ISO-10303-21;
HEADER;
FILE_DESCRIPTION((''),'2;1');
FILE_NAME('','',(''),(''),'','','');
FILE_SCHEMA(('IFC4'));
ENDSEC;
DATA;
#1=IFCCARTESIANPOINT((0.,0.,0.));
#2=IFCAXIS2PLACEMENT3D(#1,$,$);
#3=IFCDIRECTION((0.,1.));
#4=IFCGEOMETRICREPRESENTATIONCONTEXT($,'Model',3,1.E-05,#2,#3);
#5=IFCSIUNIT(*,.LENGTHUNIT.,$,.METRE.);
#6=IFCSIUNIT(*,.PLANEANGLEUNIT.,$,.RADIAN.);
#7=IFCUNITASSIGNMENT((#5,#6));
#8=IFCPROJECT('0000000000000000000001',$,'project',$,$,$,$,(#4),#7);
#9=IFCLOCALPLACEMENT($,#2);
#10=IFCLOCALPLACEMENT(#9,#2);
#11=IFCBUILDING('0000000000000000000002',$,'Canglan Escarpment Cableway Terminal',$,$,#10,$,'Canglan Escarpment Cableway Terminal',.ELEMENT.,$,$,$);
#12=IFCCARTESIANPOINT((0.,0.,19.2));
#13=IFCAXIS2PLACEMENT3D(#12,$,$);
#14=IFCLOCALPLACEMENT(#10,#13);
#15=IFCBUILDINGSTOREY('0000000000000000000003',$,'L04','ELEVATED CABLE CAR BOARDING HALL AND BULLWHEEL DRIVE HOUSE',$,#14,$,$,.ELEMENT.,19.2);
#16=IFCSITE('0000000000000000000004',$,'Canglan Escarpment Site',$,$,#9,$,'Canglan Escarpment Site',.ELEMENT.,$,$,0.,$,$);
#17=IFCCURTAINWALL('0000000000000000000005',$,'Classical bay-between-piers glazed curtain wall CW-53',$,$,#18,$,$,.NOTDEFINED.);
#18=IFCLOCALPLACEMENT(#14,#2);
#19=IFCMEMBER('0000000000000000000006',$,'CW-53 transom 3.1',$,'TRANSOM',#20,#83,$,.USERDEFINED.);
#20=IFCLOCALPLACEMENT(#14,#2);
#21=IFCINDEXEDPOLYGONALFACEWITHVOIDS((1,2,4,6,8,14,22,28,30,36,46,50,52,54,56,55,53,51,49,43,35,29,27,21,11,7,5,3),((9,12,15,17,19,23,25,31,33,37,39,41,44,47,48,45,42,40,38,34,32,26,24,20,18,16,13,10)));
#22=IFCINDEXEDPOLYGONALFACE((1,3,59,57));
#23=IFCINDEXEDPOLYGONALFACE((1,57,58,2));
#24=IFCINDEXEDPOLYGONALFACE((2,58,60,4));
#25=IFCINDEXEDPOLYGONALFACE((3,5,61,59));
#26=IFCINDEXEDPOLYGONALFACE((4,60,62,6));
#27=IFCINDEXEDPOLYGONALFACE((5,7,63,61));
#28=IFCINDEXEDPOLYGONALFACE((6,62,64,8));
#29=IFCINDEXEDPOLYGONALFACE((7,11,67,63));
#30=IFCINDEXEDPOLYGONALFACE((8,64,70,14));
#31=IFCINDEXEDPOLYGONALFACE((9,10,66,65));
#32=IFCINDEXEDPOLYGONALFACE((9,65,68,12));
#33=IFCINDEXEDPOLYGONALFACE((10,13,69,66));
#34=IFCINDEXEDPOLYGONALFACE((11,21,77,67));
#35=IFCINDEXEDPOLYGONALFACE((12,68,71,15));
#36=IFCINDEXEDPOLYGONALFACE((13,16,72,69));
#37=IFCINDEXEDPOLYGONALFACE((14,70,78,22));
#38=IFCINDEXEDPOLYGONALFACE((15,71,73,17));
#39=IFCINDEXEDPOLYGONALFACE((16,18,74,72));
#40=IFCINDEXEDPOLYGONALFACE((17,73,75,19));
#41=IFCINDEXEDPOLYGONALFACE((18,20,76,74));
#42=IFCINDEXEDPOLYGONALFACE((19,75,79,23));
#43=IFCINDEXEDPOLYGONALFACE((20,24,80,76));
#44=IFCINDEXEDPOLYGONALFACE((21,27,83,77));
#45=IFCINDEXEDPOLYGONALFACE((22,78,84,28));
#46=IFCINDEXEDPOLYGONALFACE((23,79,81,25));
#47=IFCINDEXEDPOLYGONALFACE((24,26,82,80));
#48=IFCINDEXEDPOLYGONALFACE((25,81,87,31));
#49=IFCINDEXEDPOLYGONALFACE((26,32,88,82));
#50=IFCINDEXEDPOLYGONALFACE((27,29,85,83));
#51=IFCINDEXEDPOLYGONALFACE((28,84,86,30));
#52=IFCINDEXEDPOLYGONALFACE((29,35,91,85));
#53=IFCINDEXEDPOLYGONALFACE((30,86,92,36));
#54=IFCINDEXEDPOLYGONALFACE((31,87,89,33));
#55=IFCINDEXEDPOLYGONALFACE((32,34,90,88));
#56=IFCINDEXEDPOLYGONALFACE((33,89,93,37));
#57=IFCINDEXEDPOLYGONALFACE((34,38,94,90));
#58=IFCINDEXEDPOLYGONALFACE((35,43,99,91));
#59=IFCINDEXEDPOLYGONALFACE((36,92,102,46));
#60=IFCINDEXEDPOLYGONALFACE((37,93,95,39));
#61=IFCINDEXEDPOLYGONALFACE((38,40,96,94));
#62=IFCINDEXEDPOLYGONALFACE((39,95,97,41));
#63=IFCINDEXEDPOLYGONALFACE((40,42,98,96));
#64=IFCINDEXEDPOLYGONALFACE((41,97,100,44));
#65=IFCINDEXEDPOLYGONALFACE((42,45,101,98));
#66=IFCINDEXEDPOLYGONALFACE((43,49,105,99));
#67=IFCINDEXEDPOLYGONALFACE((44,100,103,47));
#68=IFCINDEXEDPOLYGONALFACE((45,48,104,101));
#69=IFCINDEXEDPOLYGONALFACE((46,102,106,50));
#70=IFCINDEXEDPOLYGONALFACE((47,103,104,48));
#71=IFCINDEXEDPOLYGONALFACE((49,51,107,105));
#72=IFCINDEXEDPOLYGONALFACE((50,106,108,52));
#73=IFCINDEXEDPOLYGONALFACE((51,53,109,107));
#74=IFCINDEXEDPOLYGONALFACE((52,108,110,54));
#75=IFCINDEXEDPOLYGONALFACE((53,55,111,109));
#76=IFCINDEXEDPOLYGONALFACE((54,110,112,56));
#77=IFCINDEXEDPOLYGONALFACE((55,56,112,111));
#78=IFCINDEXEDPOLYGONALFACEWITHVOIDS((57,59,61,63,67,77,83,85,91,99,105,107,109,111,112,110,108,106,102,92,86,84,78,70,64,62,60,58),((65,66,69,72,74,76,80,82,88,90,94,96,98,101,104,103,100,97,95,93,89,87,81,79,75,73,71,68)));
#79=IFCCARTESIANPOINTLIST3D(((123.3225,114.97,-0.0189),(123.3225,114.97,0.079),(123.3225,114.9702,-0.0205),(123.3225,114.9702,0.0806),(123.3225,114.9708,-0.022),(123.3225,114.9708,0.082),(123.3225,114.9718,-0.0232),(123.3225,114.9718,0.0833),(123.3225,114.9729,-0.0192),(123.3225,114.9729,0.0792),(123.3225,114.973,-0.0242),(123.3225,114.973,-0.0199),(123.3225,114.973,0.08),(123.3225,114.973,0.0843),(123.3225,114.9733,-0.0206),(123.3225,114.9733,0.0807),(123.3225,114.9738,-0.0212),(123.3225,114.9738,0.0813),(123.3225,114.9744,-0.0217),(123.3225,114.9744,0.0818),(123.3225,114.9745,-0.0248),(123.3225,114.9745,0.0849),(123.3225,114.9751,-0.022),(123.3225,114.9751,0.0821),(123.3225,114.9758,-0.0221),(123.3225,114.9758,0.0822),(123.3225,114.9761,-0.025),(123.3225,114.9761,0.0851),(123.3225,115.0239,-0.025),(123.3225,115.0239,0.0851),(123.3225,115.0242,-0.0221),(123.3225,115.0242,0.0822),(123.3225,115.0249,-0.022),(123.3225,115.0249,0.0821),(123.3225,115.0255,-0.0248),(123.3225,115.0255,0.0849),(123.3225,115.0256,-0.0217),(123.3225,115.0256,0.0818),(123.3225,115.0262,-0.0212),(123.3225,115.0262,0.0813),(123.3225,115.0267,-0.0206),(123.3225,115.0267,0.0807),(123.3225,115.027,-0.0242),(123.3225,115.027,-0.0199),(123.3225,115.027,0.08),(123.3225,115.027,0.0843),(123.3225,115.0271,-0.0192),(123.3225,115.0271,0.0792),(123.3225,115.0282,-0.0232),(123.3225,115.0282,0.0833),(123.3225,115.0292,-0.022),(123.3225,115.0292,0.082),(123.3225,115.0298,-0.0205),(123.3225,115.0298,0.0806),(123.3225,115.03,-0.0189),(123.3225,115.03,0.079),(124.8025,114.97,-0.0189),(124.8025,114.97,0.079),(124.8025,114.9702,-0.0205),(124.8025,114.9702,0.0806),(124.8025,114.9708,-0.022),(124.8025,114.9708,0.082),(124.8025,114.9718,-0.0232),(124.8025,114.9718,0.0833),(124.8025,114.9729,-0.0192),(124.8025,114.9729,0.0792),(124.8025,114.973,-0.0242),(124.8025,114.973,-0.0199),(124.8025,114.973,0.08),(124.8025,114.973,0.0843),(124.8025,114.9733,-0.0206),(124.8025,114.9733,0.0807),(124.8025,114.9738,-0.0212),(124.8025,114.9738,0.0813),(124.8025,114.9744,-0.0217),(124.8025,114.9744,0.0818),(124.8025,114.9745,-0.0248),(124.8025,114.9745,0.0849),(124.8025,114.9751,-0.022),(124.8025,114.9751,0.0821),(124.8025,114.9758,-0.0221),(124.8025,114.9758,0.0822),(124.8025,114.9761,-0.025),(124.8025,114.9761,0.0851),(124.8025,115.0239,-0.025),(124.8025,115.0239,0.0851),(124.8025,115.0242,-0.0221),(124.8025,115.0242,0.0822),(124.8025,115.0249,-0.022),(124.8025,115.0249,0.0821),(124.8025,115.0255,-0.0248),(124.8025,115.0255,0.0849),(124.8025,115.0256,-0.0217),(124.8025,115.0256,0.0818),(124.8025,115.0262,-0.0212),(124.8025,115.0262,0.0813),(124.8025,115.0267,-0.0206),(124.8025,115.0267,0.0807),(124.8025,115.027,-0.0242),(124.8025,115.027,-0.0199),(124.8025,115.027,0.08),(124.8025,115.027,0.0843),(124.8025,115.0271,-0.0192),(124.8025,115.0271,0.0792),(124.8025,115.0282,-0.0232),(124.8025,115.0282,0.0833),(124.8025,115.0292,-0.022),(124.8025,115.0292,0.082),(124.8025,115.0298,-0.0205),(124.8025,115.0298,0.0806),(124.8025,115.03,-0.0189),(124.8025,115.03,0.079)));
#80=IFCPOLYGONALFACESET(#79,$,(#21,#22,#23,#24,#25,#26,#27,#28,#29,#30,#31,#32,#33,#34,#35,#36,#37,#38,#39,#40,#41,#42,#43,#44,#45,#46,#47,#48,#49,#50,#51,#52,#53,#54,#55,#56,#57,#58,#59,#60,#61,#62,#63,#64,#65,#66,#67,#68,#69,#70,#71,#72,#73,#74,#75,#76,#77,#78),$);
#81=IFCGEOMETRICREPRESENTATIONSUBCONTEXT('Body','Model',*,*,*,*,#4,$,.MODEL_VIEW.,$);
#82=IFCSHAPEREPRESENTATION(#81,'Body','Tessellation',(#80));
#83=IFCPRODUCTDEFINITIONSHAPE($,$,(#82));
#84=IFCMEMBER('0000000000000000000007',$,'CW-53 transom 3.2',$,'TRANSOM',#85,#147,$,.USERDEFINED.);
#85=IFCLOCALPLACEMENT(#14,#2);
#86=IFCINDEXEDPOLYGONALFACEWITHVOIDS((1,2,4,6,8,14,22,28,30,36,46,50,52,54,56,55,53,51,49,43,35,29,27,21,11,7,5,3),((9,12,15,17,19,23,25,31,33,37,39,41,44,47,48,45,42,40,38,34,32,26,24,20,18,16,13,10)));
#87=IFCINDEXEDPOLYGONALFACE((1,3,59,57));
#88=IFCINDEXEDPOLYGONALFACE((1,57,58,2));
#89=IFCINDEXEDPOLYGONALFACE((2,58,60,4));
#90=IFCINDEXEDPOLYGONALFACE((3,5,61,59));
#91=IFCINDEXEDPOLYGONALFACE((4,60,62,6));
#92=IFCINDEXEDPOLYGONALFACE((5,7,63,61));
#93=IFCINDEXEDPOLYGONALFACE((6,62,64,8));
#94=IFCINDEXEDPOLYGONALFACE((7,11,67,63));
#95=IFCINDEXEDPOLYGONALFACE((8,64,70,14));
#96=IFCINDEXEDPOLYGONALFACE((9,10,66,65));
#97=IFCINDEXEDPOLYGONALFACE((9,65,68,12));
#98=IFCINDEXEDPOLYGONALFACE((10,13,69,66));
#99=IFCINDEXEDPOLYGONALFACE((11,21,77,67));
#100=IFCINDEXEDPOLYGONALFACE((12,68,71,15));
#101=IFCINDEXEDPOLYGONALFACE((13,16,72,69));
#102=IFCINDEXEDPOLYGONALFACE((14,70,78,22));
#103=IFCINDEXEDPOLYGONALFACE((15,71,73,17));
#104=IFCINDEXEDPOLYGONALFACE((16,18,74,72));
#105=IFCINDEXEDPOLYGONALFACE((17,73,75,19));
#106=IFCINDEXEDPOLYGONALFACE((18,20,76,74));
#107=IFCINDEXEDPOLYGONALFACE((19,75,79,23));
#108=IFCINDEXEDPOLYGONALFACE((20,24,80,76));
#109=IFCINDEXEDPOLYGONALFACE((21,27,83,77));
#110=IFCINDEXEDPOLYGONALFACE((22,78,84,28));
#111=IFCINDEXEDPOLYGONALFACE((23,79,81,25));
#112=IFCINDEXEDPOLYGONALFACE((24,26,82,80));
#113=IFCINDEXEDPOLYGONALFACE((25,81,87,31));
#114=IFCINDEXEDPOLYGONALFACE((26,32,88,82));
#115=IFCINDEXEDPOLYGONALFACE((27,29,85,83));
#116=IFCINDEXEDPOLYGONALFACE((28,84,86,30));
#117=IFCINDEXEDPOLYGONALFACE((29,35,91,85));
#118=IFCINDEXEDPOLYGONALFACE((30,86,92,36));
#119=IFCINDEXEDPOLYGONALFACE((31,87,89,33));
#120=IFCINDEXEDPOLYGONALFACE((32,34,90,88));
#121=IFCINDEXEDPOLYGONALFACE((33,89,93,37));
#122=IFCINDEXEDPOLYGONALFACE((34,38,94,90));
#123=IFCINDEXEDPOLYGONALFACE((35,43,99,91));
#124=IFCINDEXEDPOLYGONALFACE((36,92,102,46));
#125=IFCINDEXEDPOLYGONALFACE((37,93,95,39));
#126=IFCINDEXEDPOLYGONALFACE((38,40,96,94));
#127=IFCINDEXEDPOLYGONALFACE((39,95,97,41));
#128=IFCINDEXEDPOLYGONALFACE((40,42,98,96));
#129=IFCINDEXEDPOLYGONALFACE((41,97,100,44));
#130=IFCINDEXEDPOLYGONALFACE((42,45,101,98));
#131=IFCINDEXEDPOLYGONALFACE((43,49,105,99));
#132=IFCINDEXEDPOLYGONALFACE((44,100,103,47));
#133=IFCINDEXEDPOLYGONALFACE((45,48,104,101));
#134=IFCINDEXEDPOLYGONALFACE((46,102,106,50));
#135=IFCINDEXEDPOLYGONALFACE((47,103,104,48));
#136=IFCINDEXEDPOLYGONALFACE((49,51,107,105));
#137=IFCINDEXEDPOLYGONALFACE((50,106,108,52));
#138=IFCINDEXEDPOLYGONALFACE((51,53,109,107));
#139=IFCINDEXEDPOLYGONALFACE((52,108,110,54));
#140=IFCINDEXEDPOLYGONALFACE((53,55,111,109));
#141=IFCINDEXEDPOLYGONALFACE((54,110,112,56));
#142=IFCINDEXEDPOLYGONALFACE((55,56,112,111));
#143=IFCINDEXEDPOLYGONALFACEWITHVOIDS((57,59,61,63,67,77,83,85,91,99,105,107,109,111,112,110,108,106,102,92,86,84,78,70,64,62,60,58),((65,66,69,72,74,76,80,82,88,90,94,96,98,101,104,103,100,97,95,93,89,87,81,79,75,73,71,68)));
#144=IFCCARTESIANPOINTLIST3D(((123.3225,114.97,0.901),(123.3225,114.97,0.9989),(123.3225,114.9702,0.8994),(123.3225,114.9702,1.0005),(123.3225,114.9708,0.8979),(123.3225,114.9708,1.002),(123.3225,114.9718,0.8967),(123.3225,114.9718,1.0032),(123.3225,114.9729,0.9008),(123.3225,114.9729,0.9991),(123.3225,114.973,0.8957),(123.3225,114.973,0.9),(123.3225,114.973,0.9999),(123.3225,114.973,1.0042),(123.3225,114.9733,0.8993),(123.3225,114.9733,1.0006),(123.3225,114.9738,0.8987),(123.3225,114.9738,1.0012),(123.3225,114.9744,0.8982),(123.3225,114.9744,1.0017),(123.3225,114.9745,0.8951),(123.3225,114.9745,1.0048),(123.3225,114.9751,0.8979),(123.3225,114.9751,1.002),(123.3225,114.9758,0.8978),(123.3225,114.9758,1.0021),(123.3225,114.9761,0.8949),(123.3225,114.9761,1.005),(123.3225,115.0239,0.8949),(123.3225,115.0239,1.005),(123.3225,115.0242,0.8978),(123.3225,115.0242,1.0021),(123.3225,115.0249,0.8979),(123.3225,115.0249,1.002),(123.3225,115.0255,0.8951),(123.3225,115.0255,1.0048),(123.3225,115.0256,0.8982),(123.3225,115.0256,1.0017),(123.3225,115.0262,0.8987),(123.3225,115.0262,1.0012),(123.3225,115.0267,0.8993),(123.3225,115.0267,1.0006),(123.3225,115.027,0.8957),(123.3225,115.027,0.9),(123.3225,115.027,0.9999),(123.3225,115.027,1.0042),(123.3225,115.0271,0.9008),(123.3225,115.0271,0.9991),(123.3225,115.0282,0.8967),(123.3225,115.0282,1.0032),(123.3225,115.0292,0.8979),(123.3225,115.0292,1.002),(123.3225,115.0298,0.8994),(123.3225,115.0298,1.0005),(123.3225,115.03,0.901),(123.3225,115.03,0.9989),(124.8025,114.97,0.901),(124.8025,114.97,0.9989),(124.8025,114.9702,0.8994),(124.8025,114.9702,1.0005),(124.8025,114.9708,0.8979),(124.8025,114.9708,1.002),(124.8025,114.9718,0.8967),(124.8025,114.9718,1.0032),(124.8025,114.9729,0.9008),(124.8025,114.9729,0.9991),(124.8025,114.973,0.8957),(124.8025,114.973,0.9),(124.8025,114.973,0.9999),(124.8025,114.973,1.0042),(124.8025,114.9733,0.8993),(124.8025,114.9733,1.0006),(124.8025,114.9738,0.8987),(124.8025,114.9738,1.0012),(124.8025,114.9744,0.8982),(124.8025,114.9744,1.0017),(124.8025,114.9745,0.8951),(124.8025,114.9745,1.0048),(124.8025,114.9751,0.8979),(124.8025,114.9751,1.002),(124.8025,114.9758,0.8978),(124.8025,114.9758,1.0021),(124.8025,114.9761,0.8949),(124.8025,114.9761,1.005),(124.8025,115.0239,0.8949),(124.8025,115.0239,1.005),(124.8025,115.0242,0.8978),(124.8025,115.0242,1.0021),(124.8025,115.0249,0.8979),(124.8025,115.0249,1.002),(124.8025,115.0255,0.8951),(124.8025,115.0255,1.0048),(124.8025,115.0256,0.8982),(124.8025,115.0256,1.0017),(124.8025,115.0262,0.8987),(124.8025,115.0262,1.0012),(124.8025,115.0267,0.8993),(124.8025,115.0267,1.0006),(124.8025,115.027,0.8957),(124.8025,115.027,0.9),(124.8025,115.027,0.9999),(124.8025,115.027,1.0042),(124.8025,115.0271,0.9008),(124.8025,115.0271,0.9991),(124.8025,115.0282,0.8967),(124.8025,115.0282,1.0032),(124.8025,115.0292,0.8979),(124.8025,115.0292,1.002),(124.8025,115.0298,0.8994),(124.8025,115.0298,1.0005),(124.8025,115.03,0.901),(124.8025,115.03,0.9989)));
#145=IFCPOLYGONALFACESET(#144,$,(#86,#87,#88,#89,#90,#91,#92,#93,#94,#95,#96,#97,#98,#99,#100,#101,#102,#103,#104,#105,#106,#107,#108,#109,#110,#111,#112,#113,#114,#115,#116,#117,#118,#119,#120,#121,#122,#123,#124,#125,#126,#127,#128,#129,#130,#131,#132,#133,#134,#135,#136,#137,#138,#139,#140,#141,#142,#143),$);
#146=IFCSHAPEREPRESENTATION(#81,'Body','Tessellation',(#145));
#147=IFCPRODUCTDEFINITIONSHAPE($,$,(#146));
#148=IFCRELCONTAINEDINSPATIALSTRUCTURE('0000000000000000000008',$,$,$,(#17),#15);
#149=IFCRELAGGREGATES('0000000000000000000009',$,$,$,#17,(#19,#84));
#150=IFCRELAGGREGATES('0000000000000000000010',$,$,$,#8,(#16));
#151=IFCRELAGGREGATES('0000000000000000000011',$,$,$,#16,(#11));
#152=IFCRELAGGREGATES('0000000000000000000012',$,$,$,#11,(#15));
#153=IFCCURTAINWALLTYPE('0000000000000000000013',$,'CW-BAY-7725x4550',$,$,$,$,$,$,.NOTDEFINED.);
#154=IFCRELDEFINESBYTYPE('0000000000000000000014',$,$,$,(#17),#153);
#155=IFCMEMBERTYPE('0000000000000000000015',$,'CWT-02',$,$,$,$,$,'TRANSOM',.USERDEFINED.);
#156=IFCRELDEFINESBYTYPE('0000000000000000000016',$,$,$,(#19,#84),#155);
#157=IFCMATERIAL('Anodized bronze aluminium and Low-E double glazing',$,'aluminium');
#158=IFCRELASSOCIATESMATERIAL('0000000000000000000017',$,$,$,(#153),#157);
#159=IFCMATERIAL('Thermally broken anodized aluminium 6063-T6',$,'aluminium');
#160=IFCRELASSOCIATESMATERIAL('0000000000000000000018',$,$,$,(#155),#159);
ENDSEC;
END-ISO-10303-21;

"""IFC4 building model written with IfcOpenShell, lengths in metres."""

from ifc_helpers import new_model, si_unit, direction, frame, origin, origin_2d, place, context, subcontext, project, spatial, hollow_rectangle, extrude, material, material_profile, profile_set, type_object, element, aggregate, save


model = new_model("IFC4")

# Units and contexts
model_context = context("Model", 3, precision=1e-05, world=origin(), true_north=direction((0.0, 1.0)))
body_context = subcontext(model_context, "Body", "Model", "MODEL_VIEW")
ifc_project = project(units=[si_unit("LENGTHUNIT", "METRE"), si_unit("PLANEANGLEUNIT", "RADIAN")], contexts=[model_context])

# Site, building, storey
site_placement = place(None, origin())
site = spatial("IfcSite", under=ifc_project, at=site_placement, Name="Canglan Escarpment Site", LongName="Canglan Escarpment Site", CompositionType="ELEMENT", RefElevation=0.0)
building_placement = place(site_placement, origin())
building = spatial("IfcBuilding", under=site, at=building_placement, Name="Canglan Escarpment Cableway Terminal", LongName="Canglan Escarpment Cableway Terminal", CompositionType="ELEMENT")
storey_placement = place(building_placement, frame((0.0, 0.0, 19.2)))
storey = spatial("IfcBuildingStorey", under=building, at=storey_placement, Name="L04", Description="ELEVATED CABLE CAR BOARDING HALL AND BULLWHEEL DRIVE HOUSE", CompositionType="ELEMENT", Elevation=19.2)

# Curtain wall
ifc_material_1 = material(Name="Anodized bronze aluminium and Low-E double glazing", Category="aluminium")
curtain_wall_type_1 = type_object("IfcCurtainWallType", Name="CW-BAY-7725x4550", PredefinedType="NOTDEFINED", material=ifc_material_1)
curtain_wall_1_placement = place(storey_placement, origin())
curtain_wall_1 = element("IfcCurtainWall", 1, at=curtain_wall_1_placement, inside=storey, type_object=curtain_wall_type_1, Name="Classical bay-between-piers glazed curtain wall CW-53", PredefinedType="NOTDEFINED")
ifc_material_2 = material(Name="Thermally broken anodized aluminium 6063-T6", Category="aluminium")

# Members
ifc_material_profile_1 = material_profile(ifc_material_2, hollow_rectangle(XDim=0.0601, YDim=0.1101, WallThickness=0.0029, InnerFilletRadius=0.0029, OuterFilletRadius=0.0061, at=origin_2d()), Name="ALU-TRAN 60x110x3")
ifc_profile_set_1 = profile_set([ifc_material_profile_1], Name="Thermally broken anodized aluminium 6063-T6")
member_type_1 = type_object("IfcMemberType", Name="CWT-02", ElementType="TRANSOM", PredefinedType="USERDEFINED", material=ifc_profile_set_1)
member_1_placement = place(storey_placement, frame((124.8025, 115.0, 0.03), z_axis=(-1.0, 0.0, 0.0), x_axis=(0.0, -1.0, 0.0)))
member_1 = element("IfcMember", 2, at=member_1_placement, type_object=member_type_1, Name="CW-53 transom 3.1", ObjectType="TRANSOM", PredefinedType="USERDEFINED", context=body_context, shape_type="SweptSolid", body=[
    extrude(hollow_rectangle(XDim=0.0601, YDim=0.1101, WallThickness=0.0029, InnerFilletRadius=0.0029, OuterFilletRadius=0.0061, at=origin_2d()), origin(), (0.0, 0.0, 1.0), 1.48),
])
member_2_placement = place(storey_placement, frame((124.8025, 115.0, 0.95), z_axis=(-1.0, 0.0, 0.0), x_axis=(0.0, -1.0, 0.0)))
member_2 = element("IfcMember", 3, at=member_2_placement, type_object=member_type_1, Name="CW-53 transom 3.2", ObjectType="TRANSOM", PredefinedType="USERDEFINED", context=body_context, shape_type="SweptSolid", body=[
    extrude(hollow_rectangle(XDim=0.0601, YDim=0.1101, WallThickness=0.0029, InnerFilletRadius=0.0029, OuterFilletRadius=0.0061, at=origin_2d()), origin(), (0.0, 0.0, 1.0), 1.48),
])

aggregate(curtain_wall_1, [member_1, member_2])

save(model, "model.ifc")
